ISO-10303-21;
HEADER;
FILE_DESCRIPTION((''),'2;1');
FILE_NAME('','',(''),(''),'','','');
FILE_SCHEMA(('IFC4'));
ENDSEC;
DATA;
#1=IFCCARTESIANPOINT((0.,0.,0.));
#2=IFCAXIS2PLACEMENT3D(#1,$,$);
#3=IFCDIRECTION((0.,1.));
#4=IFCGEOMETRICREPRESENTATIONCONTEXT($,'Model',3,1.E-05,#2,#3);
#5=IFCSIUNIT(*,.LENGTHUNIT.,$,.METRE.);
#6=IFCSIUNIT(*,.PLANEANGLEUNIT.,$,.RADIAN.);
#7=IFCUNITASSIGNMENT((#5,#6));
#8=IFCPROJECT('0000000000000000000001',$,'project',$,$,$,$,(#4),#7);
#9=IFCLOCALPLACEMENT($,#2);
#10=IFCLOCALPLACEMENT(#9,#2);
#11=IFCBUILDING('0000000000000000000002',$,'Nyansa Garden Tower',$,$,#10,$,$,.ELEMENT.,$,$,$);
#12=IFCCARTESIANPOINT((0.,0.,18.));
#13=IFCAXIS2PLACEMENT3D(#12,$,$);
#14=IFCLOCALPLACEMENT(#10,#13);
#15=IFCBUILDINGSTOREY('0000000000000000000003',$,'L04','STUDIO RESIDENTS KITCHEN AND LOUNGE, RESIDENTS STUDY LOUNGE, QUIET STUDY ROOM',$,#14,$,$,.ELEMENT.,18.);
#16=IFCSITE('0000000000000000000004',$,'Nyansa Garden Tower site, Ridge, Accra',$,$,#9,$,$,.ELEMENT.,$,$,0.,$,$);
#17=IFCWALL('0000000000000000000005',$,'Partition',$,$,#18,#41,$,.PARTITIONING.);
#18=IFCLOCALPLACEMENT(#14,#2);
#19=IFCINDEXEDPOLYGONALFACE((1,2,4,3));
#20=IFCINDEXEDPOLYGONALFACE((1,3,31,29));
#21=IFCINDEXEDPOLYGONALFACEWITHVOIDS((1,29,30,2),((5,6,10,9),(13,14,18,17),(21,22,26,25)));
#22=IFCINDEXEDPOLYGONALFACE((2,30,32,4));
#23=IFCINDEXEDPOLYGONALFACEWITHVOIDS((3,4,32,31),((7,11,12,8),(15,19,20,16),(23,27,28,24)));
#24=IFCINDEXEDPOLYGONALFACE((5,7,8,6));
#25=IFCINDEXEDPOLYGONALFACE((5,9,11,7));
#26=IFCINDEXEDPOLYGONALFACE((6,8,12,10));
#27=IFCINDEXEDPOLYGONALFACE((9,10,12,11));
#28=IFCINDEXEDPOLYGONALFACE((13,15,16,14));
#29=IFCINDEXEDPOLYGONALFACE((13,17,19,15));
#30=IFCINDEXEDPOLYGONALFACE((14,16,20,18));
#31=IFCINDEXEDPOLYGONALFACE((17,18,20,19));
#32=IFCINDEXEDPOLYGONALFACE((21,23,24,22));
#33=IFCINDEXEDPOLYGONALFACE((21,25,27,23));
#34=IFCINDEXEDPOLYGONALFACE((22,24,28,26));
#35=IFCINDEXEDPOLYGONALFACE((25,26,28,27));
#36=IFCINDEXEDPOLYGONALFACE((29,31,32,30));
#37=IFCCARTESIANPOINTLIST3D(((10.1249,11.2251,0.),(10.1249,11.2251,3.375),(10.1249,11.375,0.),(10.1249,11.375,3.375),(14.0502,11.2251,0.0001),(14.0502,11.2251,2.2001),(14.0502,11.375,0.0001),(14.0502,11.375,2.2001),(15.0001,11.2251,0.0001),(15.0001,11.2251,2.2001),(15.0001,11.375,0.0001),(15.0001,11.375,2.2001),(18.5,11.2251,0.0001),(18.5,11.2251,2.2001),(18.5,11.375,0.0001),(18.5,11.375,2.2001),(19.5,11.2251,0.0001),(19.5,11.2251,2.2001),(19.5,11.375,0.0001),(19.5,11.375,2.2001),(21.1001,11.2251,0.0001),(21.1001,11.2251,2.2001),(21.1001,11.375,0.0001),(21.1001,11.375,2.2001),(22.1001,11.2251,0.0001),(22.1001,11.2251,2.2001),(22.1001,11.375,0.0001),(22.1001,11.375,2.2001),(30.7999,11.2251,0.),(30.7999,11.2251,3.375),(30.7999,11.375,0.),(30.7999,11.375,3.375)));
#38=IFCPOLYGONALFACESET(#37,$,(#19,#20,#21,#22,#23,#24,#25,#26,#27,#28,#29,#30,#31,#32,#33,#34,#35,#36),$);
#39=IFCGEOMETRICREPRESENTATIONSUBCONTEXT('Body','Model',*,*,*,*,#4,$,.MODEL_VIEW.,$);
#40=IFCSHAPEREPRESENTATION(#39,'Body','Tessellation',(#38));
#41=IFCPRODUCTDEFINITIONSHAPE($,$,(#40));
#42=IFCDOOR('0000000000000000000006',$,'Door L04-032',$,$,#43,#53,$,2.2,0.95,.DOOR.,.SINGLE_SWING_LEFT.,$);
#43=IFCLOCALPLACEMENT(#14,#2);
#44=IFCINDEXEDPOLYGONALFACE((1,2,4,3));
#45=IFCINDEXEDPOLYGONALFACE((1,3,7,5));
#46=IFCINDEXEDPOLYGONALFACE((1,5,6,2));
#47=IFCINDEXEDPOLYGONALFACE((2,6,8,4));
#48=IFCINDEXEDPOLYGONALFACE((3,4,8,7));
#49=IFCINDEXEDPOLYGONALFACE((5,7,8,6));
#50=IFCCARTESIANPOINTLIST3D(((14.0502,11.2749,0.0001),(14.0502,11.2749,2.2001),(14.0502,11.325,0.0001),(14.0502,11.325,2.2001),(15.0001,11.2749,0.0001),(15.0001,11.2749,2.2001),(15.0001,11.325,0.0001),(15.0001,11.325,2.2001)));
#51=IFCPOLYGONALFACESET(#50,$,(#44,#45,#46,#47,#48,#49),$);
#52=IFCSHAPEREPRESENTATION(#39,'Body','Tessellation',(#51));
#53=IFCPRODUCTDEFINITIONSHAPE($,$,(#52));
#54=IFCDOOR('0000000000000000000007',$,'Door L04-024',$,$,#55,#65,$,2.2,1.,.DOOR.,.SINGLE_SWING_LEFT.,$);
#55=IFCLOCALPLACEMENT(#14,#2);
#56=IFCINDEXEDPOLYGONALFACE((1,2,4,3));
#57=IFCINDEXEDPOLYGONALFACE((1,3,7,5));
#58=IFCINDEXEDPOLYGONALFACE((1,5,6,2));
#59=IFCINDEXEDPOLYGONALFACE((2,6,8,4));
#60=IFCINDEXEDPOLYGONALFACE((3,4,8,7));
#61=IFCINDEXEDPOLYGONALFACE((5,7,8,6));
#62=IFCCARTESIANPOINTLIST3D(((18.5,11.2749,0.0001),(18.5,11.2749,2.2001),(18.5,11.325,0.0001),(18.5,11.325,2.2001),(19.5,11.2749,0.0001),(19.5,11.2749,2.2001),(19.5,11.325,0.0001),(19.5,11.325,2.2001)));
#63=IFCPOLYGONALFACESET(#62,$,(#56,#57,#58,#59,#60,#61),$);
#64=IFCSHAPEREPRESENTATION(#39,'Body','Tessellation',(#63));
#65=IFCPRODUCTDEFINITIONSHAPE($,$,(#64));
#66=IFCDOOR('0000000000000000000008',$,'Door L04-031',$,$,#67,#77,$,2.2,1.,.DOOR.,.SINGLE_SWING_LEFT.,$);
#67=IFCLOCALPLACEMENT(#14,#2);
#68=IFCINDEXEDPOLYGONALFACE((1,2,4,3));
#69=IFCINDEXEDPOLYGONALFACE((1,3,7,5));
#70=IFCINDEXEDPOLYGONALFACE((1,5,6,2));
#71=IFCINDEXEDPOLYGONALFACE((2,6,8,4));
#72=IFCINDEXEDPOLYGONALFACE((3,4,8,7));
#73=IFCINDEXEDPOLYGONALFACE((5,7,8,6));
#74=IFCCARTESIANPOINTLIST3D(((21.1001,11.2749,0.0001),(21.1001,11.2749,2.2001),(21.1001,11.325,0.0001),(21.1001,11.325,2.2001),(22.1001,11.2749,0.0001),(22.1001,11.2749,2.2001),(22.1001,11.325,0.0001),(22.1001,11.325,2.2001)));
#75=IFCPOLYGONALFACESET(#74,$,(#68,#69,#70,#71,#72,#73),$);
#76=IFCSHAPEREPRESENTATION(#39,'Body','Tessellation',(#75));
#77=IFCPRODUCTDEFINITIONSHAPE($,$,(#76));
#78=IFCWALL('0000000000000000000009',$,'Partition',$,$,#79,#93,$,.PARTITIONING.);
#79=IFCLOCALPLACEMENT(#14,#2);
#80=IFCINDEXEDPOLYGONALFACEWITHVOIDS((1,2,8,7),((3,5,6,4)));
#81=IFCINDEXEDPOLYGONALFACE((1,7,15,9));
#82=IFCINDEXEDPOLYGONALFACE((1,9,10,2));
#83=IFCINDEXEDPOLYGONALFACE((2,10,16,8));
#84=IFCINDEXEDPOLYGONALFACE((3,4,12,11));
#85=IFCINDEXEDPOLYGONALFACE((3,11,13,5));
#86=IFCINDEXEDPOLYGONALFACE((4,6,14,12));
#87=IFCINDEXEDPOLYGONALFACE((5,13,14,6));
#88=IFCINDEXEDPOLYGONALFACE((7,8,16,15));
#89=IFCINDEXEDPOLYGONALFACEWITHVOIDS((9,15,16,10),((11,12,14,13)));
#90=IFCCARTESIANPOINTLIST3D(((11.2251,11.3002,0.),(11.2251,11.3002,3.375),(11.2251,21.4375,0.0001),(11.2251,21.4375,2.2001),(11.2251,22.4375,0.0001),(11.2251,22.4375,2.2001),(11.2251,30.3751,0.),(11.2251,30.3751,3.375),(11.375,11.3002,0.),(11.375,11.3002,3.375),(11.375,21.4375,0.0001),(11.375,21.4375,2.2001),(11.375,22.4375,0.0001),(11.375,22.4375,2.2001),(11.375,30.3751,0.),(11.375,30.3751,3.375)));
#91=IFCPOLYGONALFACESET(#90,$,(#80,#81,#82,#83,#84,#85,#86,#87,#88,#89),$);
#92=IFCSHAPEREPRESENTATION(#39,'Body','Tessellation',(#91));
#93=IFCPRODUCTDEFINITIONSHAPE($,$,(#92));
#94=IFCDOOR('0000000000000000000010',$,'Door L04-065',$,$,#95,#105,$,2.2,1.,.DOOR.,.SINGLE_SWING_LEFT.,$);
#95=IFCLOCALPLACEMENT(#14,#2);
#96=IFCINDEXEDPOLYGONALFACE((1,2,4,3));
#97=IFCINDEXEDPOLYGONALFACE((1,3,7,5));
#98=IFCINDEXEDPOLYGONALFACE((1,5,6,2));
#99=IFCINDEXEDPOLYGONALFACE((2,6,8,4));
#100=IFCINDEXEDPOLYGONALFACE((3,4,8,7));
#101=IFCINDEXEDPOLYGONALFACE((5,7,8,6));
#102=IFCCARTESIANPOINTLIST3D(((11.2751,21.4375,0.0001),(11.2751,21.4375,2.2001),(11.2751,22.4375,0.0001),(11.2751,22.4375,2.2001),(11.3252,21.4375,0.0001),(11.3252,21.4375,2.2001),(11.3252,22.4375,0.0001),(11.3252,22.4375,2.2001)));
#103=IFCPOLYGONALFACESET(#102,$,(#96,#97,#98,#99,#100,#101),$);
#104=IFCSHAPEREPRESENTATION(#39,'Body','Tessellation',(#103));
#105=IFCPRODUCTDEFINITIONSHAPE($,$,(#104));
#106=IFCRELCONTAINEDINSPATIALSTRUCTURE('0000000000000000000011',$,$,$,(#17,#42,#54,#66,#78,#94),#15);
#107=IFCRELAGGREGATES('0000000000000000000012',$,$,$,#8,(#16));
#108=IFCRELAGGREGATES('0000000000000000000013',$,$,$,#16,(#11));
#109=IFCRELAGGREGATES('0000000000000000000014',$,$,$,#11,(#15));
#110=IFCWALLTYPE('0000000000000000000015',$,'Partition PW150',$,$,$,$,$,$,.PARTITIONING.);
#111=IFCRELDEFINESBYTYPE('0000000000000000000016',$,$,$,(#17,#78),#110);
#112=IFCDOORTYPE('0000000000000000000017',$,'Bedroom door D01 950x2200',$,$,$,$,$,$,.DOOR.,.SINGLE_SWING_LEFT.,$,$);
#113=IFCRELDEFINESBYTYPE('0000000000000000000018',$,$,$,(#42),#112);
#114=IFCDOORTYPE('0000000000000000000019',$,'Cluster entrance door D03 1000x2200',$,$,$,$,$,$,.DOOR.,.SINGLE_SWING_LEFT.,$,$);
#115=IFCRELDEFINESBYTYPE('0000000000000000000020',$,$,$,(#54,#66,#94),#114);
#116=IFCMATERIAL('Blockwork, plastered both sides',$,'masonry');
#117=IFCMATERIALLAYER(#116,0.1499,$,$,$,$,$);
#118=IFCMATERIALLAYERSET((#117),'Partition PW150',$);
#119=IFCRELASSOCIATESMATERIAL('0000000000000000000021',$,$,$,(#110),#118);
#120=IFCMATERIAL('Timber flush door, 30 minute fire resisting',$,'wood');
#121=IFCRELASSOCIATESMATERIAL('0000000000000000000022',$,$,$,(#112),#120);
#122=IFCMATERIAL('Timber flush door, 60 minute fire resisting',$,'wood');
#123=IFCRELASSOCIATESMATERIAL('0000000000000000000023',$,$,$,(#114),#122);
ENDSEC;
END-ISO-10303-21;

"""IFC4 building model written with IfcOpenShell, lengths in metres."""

from ifc_helpers import new_model, si_unit, direction, frame, frame_2d, origin, place, context, subcontext, project, spatial, rectangle, extrude, material, layer, layer_set, type_object, element, fill, save


model = new_model("IFC4")

# Units and contexts
model_context = context("Model", 3, precision=1e-05, world=origin(), true_north=direction((0.0, 1.0)))
body_context = subcontext(model_context, "Body", "Model", "MODEL_VIEW")
ifc_project = project(units=[si_unit("LENGTHUNIT", "METRE"), si_unit("PLANEANGLEUNIT", "RADIAN")], contexts=[model_context])

# Site, building, storey
site_placement = place(None, origin())
site = spatial("IfcSite", under=ifc_project, at=site_placement, Name="Nyansa Garden Tower site, Ridge, Accra", CompositionType="ELEMENT", RefElevation=0.0)
building_placement = place(site_placement, origin())
building = spatial("IfcBuilding", under=site, at=building_placement, Name="Nyansa Garden Tower", CompositionType="ELEMENT")
storey_placement = place(building_placement, frame((0.0, 0.0, 18.0)))
storey = spatial("IfcBuildingStorey", under=building, at=storey_placement, Name="L04", Description="STUDIO RESIDENTS KITCHEN AND LOUNGE, RESIDENTS STUDY LOUNGE, QUIET STUDY ROOM", CompositionType="ELEMENT", Elevation=18.0)

# Shared definitions
ifc_material_1 = material(Name="Blockwork, plastered both sides", Category="masonry")
ifc_layer_1 = layer(ifc_material_1, 0.1499)
ifc_layer_set_1 = layer_set([ifc_layer_1], Name="Partition PW150")
wall_type_1 = type_object("IfcWallType", Name="Partition PW150", PredefinedType="PARTITIONING", material=ifc_layer_set_1)

# Wall, openings, doors
wall_1_placement = place(storey_placement, frame((10.125, 11.3, 0.0), z_axis=(0.0, 0.0, 1.0), x_axis=(1.0, 0.0, 0.0)))
wall_1 = element("IfcWall", 1, at=wall_1_placement, inside=storey, type_object=wall_type_1, Name="Partition", PredefinedType="PARTITIONING", context=body_context, shape_type="SweptSolid", body=[
    extrude(rectangle(XDim=20.675, YDim=0.1499, at=frame_2d((10.3374, 0.0))), origin(), (0.0, 0.0, 1.0), 3.375),
])
opening_1_placement = place(wall_1_placement, frame((8.375, 0.0, 0.0)))
opening_1 = element("IfcOpeningElement", 2, at=opening_1_placement, cuts=wall_1, PredefinedType="OPENING", context=body_context, shape_type="SweptSolid", body=[
    extrude(rectangle(XDim=1.0, YDim=2.2, at=frame_2d((0.5, 1.1001))), frame((0.0, 0.085, 0.0), z_axis=(0.0, -1.0, 0.0), x_axis=(1.0, 0.0, 0.0)), (0.0, 0.0, 1.0), 0.1699),
])
opening_2_placement = place(wall_1_placement, frame((10.9751, 0.0, 0.0)))
opening_2 = element("IfcOpeningElement", 3, at=opening_2_placement, cuts=wall_1, PredefinedType="OPENING", context=body_context, shape_type="SweptSolid", body=[
    extrude(rectangle(XDim=1.0, YDim=2.2, at=frame_2d((0.5, 1.1001))), frame((0.0, 0.085, 0.0), z_axis=(0.0, -1.0, 0.0), x_axis=(1.0, 0.0, 0.0)), (0.0, 0.0, 1.0), 0.1699),
])
opening_3_placement = place(wall_1_placement, frame((3.925, 0.0, 0.0)))
opening_3 = element("IfcOpeningElement", 4, at=opening_3_placement, cuts=wall_1, PredefinedType="OPENING", context=body_context, shape_type="SweptSolid", body=[
    extrude(rectangle(XDim=0.95, YDim=2.2, at=frame_2d((0.4751, 1.1001))), frame((0.0, 0.085, 0.0), z_axis=(0.0, -1.0, 0.0), x_axis=(1.0, 0.0, 0.0)), (0.0, 0.0, 1.0), 0.1699),
])
ifc_material_2 = material(Name="Timber flush door, 30 minute fire resisting", Category="wood")
door_type_1 = type_object("IfcDoorType", Name="Bedroom door D01 950x2200", OperationType="SINGLE_SWING_LEFT", PredefinedType="DOOR", material=ifc_material_2)
door_1_placement = place(opening_3_placement, origin())
door_1 = element("IfcDoor", 5, at=door_1_placement, inside=storey, type_object=door_type_1, Name="Door L04-032", OperationType="SINGLE_SWING_LEFT", OverallHeight=2.2, OverallWidth=0.95, PredefinedType="DOOR", context=body_context, shape_type="SweptSolid", body=[
    extrude(rectangle(XDim=0.95, YDim=2.2, at=frame_2d((0.4751, 1.1001))), frame((0.0, 0.0249, 0.0), z_axis=(0.0, -1.0, 0.0), x_axis=(1.0, 0.0, 0.0)), (0.0, 0.0, 1.0), 0.05),
])
fill(opening_3, door_1)
ifc_material_3 = material(Name="Timber flush door, 60 minute fire resisting", Category="wood")
door_type_2 = type_object("IfcDoorType", Name="Cluster entrance door D03 1000x2200", OperationType="SINGLE_SWING_LEFT", PredefinedType="DOOR", material=ifc_material_3)
door_2_placement = place(opening_1_placement, origin())
door_2 = element("IfcDoor", 6, at=door_2_placement, inside=storey, type_object=door_type_2, Name="Door L04-024", OperationType="SINGLE_SWING_LEFT", OverallHeight=2.2, OverallWidth=1.0, PredefinedType="DOOR", context=body_context, shape_type="SweptSolid", body=[
    extrude(rectangle(XDim=1.0, YDim=2.2, at=frame_2d((0.5, 1.1001))), frame((0.0, 0.0249, 0.0), z_axis=(0.0, -1.0, 0.0), x_axis=(1.0, 0.0, 0.0)), (0.0, 0.0, 1.0), 0.05),
])
fill(opening_1, door_2)
door_3_placement = place(opening_2_placement, origin())
door_3 = element("IfcDoor", 7, at=door_3_placement, inside=storey, type_object=door_type_2, Name="Door L04-031", OperationType="SINGLE_SWING_LEFT", OverallHeight=2.2, OverallWidth=1.0, PredefinedType="DOOR", context=body_context, shape_type="SweptSolid", body=[
    extrude(rectangle(XDim=1.0, YDim=2.2, at=frame_2d((0.5, 1.1001))), frame((0.0, 0.0249, 0.0), z_axis=(0.0, -1.0, 0.0), x_axis=(1.0, 0.0, 0.0)), (0.0, 0.0, 1.0), 0.05),
])
fill(opening_2, door_3)

# Wall, opening, door
wall_2_placement = place(storey_placement, frame((11.3, 11.3, 0.0), z_axis=(0.0, 0.0, 1.0), x_axis=(0.0, 1.0, 0.0)))
wall_2 = element("IfcWall", 8, at=wall_2_placement, inside=storey, type_object=wall_type_1, Name="Partition", PredefinedType="PARTITIONING", context=body_context, shape_type="SweptSolid", body=[
    extrude(rectangle(XDim=19.075, YDim=0.1499, at=frame_2d((9.5376, 0.0))), origin(), (0.0, 0.0, 1.0), 3.375),
])
opening_4_placement = place(wall_2_placement, frame((10.1375, 0.0, 0.0)))
opening_4 = element("IfcOpeningElement", 9, at=opening_4_placement, cuts=wall_2, PredefinedType="OPENING", context=body_context, shape_type="SweptSolid", body=[
    extrude(rectangle(XDim=1.0, YDim=2.2, at=frame_2d((0.5, 1.1001))), frame((0.0, 0.085, 0.0), z_axis=(0.0, -1.0, 0.0), x_axis=(1.0, 0.0, 0.0)), (0.0, 0.0, 1.0), 0.1699),
])
door_4_placement = place(opening_4_placement, origin())
door_4 = element("IfcDoor", 10, at=door_4_placement, inside=storey, type_object=door_type_2, Name="Door L04-065", OperationType="SINGLE_SWING_LEFT", OverallHeight=2.2, OverallWidth=1.0, PredefinedType="DOOR", context=body_context, shape_type="SweptSolid", body=[
    extrude(rectangle(XDim=1.0, YDim=2.2, at=frame_2d((0.5, 1.1001))), frame((0.0, 0.0249, 0.0), z_axis=(0.0, -1.0, 0.0), x_axis=(1.0, 0.0, 0.0)), (0.0, 0.0, 1.0), 0.05),
])
fill(opening_4, door_4)

save(model, "model.ifc")
